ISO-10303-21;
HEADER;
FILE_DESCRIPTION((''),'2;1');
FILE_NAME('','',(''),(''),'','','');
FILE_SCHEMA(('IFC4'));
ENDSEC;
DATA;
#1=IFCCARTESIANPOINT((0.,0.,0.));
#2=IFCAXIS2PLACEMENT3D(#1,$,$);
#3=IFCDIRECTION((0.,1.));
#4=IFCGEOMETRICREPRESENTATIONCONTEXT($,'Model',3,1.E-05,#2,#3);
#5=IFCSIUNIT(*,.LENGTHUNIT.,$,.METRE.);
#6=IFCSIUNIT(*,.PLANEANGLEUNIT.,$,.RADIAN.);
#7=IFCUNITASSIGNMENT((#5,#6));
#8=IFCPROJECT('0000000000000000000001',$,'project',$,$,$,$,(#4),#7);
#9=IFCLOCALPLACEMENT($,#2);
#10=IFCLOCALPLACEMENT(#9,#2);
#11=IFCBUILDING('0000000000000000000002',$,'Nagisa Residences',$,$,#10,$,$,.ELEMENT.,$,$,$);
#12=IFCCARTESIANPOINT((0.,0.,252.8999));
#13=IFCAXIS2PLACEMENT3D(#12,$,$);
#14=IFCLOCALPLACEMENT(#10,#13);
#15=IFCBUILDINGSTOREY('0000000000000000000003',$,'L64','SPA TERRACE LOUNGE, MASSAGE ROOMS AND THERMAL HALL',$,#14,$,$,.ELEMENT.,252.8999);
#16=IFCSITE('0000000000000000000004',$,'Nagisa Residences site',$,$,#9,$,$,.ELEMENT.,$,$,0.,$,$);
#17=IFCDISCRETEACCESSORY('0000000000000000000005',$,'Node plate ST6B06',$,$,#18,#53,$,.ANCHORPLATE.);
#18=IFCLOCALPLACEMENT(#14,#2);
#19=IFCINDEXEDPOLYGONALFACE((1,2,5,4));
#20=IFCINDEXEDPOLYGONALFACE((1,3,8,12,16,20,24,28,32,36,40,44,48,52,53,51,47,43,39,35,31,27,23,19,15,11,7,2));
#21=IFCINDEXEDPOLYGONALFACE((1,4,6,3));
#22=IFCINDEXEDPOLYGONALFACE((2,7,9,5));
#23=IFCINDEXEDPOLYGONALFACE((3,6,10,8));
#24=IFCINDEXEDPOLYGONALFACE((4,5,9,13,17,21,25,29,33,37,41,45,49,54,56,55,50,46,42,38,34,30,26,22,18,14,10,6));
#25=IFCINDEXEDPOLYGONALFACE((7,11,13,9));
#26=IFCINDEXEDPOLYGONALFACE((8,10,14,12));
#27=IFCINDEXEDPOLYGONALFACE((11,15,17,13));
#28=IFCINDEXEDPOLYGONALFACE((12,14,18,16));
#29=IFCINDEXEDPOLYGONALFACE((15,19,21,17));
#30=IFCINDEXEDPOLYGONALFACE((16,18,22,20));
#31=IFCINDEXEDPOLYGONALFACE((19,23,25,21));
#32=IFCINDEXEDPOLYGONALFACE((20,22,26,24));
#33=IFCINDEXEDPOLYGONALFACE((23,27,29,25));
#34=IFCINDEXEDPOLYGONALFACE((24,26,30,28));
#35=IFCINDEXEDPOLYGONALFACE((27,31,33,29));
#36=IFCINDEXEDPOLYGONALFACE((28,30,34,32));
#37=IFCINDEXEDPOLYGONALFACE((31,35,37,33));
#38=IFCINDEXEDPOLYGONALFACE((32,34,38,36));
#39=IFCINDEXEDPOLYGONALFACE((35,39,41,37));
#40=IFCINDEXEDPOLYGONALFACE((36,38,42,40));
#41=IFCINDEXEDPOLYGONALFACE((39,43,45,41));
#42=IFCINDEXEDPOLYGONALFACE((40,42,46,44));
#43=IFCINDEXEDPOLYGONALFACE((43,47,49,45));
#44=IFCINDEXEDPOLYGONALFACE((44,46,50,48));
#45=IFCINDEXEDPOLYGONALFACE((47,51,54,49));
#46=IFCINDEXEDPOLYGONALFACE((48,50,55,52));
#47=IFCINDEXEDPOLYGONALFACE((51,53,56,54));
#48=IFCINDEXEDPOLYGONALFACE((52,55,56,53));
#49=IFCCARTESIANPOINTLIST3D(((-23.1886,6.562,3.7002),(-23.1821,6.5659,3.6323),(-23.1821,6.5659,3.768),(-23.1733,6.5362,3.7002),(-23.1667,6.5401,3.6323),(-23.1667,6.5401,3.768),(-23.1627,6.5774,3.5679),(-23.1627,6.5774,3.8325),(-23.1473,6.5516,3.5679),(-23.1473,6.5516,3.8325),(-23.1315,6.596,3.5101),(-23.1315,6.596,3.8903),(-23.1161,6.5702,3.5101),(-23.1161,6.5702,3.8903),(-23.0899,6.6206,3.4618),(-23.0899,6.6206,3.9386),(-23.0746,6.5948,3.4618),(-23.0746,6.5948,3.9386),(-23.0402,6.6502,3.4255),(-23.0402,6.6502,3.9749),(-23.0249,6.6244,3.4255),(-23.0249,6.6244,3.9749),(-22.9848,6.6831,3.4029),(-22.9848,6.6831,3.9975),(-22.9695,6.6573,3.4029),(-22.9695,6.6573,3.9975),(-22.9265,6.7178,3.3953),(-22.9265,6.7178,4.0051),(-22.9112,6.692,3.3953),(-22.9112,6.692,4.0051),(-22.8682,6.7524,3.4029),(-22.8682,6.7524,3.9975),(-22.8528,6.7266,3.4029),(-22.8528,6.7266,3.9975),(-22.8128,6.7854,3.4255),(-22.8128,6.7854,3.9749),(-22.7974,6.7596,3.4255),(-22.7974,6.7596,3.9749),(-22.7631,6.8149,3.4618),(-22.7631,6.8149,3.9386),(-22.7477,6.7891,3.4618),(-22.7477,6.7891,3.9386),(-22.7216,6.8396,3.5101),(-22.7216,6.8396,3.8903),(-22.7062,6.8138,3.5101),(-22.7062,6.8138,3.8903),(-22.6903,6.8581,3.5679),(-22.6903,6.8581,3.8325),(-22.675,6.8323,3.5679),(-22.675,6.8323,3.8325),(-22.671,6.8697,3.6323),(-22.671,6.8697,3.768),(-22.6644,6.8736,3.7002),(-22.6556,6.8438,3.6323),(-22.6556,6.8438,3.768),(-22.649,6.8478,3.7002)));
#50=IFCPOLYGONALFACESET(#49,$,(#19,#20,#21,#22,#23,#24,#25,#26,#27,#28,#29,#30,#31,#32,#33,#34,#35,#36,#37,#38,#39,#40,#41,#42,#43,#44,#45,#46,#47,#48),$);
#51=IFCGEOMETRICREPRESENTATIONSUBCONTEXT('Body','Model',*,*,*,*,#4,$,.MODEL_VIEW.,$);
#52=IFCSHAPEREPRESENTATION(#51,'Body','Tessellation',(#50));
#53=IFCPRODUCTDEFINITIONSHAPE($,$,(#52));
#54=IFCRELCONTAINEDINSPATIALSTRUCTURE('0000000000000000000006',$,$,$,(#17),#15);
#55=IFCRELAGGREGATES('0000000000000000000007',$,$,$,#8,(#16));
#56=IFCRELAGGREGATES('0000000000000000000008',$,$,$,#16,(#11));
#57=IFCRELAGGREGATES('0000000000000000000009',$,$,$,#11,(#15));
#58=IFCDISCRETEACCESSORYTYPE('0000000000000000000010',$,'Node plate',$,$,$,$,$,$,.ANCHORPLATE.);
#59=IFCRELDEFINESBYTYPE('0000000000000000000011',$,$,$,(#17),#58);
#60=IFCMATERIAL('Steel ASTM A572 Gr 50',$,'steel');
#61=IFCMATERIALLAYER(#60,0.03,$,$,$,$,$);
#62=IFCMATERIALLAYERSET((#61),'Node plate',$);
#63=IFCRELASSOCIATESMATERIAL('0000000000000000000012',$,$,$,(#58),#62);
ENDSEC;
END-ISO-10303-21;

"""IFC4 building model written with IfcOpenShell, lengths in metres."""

from ifc_helpers import new_model, si_unit, direction, frame, origin, origin_2d, place, context, subcontext, project, spatial, circle, extrude, material, layer, layer_set, type_object, element, save


model = new_model("IFC4")

# Units and contexts
model_context = context("Model", 3, precision=1e-05, world=origin(), true_north=direction((0.0, 1.0)))
body_context = subcontext(model_context, "Body", "Model", "MODEL_VIEW")
ifc_project = project(units=[si_unit("LENGTHUNIT", "METRE"), si_unit("PLANEANGLEUNIT", "RADIAN")], contexts=[model_context])

# Site, building, storey
site_placement = place(None, origin())
site = spatial("IfcSite", under=ifc_project, at=site_placement, Name="Nagisa Residences site", CompositionType="ELEMENT", RefElevation=0.0)
building_placement = place(site_placement, origin())
building = spatial("IfcBuilding", under=site, at=building_placement, Name="Nagisa Residences", CompositionType="ELEMENT")
storey_placement = place(building_placement, frame((0.0, 0.0, 252.8999)))
storey = spatial("IfcBuildingStorey", under=building, at=storey_placement, Name="L64", Description="SPA TERRACE LOUNGE, MASSAGE ROOMS AND THERMAL HALL", CompositionType="ELEMENT", Elevation=252.8999)

# Discrete accessory
ifc_material_1 = material(Name="Steel ASTM A572 Gr 50", Category="steel")
ifc_layer = layer(ifc_material_1, 0.03)
ifc_layer_set = layer_set([ifc_layer], Name="Node plate")
discrete_accessory_type = type_object("IfcDiscreteAccessoryType", Name="Node plate", PredefinedType="ANCHORPLATE", material=ifc_layer_set)
discrete_accessory_1_placement = place(storey_placement, frame((-22.9265, 6.7178, 3.7002), z_axis=(0.510913, -0.859632, 0.0), x_axis=(0.859632, 0.510913, 0.0)))
element("IfcDiscreteAccessory", 1, at=discrete_accessory_1_placement, inside=storey, type_object=discrete_accessory_type, Name="Node plate ST6B06", PredefinedType="ANCHORPLATE", context=body_context, shape_type="SweptSolid", body=[
    extrude(circle(Radius=0.3049, at=origin_2d()), origin(), (0.0, 0.0, 1.0), 0.03),
])

save(model, "model.ifc")
